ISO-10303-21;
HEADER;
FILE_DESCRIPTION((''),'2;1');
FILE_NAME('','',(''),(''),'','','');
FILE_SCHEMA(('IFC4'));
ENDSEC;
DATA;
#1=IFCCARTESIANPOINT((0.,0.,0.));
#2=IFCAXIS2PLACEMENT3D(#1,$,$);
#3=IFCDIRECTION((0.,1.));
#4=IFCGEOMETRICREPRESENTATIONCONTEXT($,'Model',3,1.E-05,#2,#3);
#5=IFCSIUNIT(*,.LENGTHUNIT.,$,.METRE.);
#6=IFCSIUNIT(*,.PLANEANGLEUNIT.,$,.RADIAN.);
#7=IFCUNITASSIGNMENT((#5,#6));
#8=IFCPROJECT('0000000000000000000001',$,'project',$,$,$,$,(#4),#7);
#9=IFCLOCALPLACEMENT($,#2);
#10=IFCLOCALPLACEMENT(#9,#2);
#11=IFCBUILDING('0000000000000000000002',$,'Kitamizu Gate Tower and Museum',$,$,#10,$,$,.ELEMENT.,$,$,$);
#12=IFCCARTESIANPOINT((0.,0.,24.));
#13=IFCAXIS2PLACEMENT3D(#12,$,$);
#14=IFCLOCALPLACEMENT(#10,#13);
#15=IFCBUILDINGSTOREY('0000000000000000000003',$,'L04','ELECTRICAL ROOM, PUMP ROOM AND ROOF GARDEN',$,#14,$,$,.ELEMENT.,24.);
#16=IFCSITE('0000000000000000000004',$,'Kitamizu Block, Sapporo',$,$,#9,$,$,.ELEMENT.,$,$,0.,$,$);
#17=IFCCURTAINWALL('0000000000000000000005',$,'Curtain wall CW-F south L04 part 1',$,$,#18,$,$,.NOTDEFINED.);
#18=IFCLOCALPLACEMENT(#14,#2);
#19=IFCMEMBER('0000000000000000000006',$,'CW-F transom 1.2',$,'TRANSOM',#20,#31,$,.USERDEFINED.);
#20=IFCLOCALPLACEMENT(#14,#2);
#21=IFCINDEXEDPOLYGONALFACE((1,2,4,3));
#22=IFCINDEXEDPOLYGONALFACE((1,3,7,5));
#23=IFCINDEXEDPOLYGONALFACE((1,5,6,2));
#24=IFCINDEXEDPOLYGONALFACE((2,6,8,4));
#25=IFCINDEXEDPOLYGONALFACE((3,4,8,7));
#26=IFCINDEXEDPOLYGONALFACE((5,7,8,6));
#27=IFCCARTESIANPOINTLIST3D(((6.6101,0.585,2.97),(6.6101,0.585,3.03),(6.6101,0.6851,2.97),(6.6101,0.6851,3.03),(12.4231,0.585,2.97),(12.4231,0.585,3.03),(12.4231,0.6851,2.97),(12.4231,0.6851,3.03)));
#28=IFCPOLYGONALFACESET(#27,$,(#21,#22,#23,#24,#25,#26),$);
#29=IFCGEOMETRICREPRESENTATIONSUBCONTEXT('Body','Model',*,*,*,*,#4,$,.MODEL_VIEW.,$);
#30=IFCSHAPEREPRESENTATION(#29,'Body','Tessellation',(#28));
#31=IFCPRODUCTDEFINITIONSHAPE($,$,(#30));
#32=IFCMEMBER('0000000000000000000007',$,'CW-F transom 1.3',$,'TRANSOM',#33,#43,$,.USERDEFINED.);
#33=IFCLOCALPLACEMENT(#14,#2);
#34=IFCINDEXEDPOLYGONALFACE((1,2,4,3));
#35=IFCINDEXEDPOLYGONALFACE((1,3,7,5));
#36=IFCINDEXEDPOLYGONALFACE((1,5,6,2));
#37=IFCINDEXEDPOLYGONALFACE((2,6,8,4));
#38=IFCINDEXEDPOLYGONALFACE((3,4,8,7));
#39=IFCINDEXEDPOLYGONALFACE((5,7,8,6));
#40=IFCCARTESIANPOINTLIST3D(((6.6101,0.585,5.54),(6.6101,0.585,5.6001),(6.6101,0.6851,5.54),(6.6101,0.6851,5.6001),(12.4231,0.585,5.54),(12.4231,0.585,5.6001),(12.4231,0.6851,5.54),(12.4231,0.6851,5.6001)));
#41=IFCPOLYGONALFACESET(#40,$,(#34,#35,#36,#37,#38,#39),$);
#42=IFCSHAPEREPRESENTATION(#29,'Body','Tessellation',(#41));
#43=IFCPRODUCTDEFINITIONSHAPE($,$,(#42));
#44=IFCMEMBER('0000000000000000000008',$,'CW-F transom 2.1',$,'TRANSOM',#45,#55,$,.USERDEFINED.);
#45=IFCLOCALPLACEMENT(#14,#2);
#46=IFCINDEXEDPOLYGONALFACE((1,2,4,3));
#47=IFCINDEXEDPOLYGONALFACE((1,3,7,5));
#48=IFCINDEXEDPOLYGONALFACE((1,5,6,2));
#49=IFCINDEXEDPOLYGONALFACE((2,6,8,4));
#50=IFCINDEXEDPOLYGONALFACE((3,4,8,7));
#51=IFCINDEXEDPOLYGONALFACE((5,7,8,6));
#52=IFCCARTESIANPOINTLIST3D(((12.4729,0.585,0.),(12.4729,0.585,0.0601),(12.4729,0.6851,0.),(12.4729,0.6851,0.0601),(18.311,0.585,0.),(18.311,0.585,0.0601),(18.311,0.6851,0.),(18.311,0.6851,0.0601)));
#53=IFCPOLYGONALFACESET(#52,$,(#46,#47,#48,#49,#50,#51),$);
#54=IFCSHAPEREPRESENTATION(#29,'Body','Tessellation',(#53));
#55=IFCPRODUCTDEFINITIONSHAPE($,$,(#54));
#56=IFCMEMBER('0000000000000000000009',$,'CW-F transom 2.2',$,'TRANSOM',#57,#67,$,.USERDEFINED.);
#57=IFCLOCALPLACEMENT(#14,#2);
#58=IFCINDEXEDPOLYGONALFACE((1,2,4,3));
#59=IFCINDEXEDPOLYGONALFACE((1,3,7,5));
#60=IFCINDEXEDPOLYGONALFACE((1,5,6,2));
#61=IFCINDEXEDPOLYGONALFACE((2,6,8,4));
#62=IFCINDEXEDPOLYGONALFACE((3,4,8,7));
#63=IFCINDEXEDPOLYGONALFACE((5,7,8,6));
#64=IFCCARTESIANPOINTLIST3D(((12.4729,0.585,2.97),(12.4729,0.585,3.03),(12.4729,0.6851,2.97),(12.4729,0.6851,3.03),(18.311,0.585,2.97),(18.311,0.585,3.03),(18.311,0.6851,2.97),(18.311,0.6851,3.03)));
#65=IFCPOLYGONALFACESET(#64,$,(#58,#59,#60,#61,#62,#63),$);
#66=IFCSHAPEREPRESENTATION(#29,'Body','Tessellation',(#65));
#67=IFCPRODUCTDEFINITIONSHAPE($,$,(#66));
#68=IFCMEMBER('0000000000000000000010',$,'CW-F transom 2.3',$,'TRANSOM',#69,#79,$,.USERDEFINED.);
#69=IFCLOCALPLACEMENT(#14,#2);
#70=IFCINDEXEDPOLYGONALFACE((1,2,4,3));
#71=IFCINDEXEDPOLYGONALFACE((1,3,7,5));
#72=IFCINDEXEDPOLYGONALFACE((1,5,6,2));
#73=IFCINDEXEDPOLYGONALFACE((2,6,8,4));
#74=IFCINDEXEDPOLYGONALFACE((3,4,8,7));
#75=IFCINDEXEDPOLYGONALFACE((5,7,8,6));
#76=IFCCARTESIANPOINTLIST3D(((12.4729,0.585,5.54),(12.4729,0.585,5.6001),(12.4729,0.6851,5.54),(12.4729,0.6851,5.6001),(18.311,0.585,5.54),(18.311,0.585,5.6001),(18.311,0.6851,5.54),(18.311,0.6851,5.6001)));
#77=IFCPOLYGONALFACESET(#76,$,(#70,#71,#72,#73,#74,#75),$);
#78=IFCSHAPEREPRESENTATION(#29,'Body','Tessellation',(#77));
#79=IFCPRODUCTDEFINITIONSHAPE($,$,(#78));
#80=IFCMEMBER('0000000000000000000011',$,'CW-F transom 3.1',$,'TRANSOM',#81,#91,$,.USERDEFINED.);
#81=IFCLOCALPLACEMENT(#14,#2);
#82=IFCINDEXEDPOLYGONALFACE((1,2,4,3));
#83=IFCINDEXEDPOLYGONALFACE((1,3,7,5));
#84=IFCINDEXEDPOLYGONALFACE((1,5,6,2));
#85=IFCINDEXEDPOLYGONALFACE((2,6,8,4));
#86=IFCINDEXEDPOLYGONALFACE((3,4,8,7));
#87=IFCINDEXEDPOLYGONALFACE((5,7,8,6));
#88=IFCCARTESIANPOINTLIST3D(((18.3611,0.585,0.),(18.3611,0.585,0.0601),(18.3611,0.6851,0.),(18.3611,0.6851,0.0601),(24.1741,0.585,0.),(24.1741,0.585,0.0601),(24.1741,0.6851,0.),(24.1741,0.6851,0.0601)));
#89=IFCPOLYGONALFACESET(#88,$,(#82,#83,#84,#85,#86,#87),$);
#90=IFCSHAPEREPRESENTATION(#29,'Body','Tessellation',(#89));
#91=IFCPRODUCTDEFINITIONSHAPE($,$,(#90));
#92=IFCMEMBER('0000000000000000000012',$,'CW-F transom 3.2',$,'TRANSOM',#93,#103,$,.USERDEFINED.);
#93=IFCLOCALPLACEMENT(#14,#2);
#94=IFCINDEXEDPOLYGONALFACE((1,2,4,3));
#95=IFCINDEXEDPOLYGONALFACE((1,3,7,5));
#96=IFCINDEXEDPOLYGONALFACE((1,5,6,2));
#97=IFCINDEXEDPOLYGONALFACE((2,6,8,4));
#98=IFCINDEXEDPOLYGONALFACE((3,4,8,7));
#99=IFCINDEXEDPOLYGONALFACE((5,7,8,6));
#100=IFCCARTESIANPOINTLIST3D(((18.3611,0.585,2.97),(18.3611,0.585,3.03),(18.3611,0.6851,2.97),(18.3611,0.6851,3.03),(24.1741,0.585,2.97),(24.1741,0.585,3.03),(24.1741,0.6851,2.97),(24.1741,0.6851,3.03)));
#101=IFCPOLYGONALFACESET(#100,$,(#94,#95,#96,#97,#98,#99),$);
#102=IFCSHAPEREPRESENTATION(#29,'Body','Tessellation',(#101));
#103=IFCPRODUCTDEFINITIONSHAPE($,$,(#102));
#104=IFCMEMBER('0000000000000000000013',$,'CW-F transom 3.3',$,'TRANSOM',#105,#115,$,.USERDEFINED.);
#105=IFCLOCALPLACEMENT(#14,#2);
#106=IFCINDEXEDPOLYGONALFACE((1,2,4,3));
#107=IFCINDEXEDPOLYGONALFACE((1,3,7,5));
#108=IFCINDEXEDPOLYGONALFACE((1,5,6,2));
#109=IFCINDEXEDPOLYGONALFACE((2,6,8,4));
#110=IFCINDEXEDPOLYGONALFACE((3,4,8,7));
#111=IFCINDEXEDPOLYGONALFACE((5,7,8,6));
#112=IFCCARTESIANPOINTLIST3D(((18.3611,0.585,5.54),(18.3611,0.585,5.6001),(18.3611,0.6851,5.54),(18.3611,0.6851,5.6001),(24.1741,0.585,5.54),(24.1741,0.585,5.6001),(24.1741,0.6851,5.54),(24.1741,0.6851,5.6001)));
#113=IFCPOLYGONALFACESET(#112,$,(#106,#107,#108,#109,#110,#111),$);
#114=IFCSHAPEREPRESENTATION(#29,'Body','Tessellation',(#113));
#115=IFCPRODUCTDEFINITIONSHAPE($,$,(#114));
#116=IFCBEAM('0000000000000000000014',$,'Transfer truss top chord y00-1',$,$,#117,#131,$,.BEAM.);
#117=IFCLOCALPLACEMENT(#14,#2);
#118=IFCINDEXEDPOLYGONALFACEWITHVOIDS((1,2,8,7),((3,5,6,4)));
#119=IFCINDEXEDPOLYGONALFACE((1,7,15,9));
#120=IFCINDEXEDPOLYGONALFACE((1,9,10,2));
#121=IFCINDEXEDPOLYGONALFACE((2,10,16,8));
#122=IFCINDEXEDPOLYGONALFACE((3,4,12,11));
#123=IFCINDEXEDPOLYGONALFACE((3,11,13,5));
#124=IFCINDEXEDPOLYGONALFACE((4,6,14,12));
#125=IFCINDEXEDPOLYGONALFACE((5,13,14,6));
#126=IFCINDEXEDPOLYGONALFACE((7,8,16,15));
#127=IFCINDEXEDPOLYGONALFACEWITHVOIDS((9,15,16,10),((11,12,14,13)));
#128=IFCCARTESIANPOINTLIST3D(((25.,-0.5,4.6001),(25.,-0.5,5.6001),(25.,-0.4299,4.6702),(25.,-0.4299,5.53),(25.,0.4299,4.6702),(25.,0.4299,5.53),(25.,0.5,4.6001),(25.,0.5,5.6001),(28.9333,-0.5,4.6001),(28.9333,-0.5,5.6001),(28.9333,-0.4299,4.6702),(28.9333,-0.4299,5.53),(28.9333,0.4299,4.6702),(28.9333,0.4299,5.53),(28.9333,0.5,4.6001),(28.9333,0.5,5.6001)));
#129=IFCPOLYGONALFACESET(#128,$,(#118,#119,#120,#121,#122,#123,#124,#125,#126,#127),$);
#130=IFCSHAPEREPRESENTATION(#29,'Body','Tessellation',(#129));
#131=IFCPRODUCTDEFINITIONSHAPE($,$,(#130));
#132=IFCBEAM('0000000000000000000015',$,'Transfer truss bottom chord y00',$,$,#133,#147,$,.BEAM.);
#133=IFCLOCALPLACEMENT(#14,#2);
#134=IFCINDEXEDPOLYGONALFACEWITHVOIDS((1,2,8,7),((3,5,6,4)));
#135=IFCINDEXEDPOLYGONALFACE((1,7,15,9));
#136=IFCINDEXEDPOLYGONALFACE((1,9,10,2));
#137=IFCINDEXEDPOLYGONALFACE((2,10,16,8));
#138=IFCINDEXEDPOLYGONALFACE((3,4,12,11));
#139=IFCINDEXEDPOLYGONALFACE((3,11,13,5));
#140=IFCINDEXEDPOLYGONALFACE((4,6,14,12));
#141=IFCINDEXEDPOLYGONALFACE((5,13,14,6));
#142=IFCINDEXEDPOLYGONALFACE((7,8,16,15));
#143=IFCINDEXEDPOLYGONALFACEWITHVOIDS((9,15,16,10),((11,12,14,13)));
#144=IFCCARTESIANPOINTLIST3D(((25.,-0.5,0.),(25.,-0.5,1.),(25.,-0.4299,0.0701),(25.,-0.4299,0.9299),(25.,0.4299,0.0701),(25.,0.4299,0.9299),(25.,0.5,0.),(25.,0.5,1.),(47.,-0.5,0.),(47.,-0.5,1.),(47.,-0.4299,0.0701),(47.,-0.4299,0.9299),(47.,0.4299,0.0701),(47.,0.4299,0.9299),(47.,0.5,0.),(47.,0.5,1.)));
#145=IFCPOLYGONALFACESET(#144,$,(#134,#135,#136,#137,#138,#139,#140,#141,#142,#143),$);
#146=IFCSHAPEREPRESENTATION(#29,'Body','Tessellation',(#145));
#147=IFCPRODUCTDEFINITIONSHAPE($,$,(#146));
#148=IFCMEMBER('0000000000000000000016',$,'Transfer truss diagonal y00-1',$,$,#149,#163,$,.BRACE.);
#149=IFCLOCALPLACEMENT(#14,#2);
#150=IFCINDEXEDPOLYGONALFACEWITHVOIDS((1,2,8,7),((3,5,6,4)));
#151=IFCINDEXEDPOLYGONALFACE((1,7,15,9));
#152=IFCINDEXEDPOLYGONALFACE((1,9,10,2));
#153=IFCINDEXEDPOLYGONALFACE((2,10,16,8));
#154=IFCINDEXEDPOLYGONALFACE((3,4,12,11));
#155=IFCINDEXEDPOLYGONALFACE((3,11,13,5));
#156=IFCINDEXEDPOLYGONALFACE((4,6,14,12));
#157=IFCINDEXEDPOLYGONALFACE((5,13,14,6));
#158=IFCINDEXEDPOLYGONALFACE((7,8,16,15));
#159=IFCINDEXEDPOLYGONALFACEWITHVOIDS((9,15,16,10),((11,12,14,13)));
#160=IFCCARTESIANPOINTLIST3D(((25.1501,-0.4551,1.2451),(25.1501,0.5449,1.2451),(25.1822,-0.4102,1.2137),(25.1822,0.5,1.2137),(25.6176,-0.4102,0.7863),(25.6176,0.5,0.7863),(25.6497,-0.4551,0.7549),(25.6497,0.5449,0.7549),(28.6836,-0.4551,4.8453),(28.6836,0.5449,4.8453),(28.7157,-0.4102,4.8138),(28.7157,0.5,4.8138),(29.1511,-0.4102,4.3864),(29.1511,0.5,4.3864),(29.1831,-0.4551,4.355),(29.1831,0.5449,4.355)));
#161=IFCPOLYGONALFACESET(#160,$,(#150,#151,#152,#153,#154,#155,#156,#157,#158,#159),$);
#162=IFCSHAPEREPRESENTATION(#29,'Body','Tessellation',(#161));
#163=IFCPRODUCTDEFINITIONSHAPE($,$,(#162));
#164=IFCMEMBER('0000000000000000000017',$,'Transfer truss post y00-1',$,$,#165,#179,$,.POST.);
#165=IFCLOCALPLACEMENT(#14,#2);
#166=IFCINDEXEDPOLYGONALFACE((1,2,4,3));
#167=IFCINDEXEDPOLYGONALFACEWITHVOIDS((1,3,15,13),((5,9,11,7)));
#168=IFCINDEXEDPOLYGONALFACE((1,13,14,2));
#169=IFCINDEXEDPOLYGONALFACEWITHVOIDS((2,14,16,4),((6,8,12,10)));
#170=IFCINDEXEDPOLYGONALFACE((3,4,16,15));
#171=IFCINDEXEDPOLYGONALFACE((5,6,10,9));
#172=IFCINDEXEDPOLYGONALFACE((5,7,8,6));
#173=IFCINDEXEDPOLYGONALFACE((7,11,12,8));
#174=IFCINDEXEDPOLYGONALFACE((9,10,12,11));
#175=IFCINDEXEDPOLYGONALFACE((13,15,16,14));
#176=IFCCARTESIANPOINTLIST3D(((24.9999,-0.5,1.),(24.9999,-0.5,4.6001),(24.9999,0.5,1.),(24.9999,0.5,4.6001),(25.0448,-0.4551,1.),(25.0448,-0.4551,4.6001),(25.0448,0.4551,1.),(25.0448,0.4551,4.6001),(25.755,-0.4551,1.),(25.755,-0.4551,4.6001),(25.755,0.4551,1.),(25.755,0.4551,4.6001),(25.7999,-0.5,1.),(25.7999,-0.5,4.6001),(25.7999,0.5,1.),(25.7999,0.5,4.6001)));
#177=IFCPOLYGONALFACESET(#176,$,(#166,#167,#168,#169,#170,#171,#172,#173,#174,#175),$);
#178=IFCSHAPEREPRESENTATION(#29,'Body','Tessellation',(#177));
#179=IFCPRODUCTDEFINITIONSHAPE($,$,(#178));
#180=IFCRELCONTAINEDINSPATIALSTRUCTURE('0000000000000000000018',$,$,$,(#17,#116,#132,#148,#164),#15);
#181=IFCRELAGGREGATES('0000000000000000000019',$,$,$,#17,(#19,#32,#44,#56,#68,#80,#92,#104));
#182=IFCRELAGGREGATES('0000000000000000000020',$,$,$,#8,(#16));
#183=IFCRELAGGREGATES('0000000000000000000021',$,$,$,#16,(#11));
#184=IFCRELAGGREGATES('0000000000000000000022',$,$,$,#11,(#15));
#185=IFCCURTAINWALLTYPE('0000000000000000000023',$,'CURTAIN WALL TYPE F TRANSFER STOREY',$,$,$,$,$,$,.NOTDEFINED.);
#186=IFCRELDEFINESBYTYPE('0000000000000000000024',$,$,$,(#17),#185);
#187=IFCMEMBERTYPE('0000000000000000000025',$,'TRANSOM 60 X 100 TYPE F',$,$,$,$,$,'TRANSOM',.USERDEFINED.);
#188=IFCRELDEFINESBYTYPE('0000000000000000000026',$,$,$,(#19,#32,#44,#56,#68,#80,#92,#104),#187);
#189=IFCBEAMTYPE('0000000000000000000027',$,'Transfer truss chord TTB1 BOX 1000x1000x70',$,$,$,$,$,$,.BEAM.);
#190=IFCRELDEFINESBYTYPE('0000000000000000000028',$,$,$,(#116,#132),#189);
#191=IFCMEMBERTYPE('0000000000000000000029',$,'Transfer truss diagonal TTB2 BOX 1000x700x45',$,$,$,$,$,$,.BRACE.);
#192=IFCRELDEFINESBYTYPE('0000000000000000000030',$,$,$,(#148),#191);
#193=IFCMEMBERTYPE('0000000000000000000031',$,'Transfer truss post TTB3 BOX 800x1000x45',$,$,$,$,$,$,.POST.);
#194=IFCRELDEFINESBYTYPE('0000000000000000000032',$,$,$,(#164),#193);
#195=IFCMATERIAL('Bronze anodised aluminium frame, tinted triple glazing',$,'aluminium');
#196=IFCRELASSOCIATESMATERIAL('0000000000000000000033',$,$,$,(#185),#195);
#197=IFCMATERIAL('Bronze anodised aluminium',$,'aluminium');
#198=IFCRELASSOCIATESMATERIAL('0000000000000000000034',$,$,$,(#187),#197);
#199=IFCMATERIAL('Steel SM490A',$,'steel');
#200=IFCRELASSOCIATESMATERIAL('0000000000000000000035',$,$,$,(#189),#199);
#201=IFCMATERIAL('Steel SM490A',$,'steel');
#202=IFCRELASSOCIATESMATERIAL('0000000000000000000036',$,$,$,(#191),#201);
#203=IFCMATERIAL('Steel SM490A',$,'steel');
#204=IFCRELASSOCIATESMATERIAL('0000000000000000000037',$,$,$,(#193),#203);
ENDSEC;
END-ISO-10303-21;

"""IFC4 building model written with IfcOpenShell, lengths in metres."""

from ifc_helpers import new_model, si_unit, direction, frame, origin, origin_2d, place, context, subcontext, project, spatial, rectangle, hollow_rectangle, extrude, material, material_profile, profile_set, type_object, element, aggregate, save


model = new_model("IFC4")

# Units and contexts
model_context = context("Model", 3, precision=1e-05, world=origin(), true_north=direction((0.0, 1.0)))
body_context = subcontext(model_context, "Body", "Model", "MODEL_VIEW")
ifc_project = project(units=[si_unit("LENGTHUNIT", "METRE"), si_unit("PLANEANGLEUNIT", "RADIAN")], contexts=[model_context])

# Site, building, storey
site_placement = place(None, origin())
site = spatial("IfcSite", under=ifc_project, at=site_placement, Name="Kitamizu Block, Sapporo", CompositionType="ELEMENT", RefElevation=0.0)
building_placement = place(site_placement, origin())
building = spatial("IfcBuilding", under=site, at=building_placement, Name="Kitamizu Gate Tower and Museum", CompositionType="ELEMENT")
storey_placement = place(building_placement, frame((0.0, 0.0, 24.0)))
storey = spatial("IfcBuildingStorey", under=building, at=storey_placement, Name="L04", Description="ELECTRICAL ROOM, PUMP ROOM AND ROOF GARDEN", CompositionType="ELEMENT", Elevation=24.0)

# Curtain wall
ifc_material_1 = material(Name="Bronze anodised aluminium frame, tinted triple glazing", Category="aluminium")
curtain_wall_type = type_object("IfcCurtainWallType", Name="CURTAIN WALL TYPE F TRANSFER STOREY", PredefinedType="NOTDEFINED", material=ifc_material_1)
curtain_wall_placement = place(storey_placement, origin())
curtain_wall = element("IfcCurtainWall", 1, at=curtain_wall_placement, inside=storey, type_object=curtain_wall_type, Name="Curtain wall CW-F south L04 part 1", PredefinedType="NOTDEFINED")

# Members
ifc_material_2 = material(Name="Bronze anodised aluminium", Category="aluminium")
ifc_material_profile_1 = material_profile(ifc_material_2, rectangle(XDim=0.1001, YDim=0.0601, at=origin_2d()), Name="AL 60X100")
ifc_profile_set_1 = profile_set([ifc_material_profile_1], Name="Bronze anodised aluminium")
member_type_1 = type_object("IfcMemberType", Name="TRANSOM 60 X 100 TYPE F", ElementType="TRANSOM", PredefinedType="USERDEFINED", material=ifc_profile_set_1)
member_1_placement = place(storey_placement, frame((6.6101, 0.635, 3.0), z_axis=(1.0, 0.0, 0.0), x_axis=(0.0, 1.0, 0.0)))
member_1 = element("IfcMember", 2, at=member_1_placement, type_object=member_type_1, Name="CW-F transom 1.2", ObjectType="TRANSOM", PredefinedType="USERDEFINED", context=body_context, shape_type="SweptSolid", body=[
    extrude(rectangle(XDim=0.1001, YDim=0.0601, at=origin_2d()), origin(), (0.0, 0.0, 1.0), 5.813),
])
member_2_placement = place(storey_placement, frame((6.6101, 0.635, 5.5701), z_axis=(1.0, 0.0, 0.0), x_axis=(0.0, 1.0, 0.0)))
member_2 = element("IfcMember", 3, at=member_2_placement, type_object=member_type_1, Name="CW-F transom 1.3", ObjectType="TRANSOM", PredefinedType="USERDEFINED", context=body_context, shape_type="SweptSolid", body=[
    extrude(rectangle(XDim=0.1001, YDim=0.0601, at=origin_2d()), origin(), (0.0, 0.0, 1.0), 5.813),
])
member_3_placement = place(storey_placement, frame((12.4729, 0.635, 0.03), z_axis=(1.0, 0.0, 0.0), x_axis=(0.0, 1.0, 0.0)))
member_3 = element("IfcMember", 4, at=member_3_placement, type_object=member_type_1, Name="CW-F transom 2.1", ObjectType="TRANSOM", PredefinedType="USERDEFINED", context=body_context, shape_type="SweptSolid", body=[
    extrude(rectangle(XDim=0.1001, YDim=0.0601, at=origin_2d()), origin(), (0.0, 0.0, 1.0), 5.8381),
])
member_4_placement = place(storey_placement, frame((12.4729, 0.635, 3.0), z_axis=(1.0, 0.0, 0.0), x_axis=(0.0, 1.0, 0.0)))
member_4 = element("IfcMember", 5, at=member_4_placement, type_object=member_type_1, Name="CW-F transom 2.2", ObjectType="TRANSOM", PredefinedType="USERDEFINED", context=body_context, shape_type="SweptSolid", body=[
    extrude(rectangle(XDim=0.1001, YDim=0.0601, at=origin_2d()), origin(), (0.0, 0.0, 1.0), 5.8381),
])
member_5_placement = place(storey_placement, frame((12.4729, 0.635, 5.5701), z_axis=(1.0, 0.0, 0.0), x_axis=(0.0, 1.0, 0.0)))
member_5 = element("IfcMember", 6, at=member_5_placement, type_object=member_type_1, Name="CW-F transom 2.3", ObjectType="TRANSOM", PredefinedType="USERDEFINED", context=body_context, shape_type="SweptSolid", body=[
    extrude(rectangle(XDim=0.1001, YDim=0.0601, at=origin_2d()), origin(), (0.0, 0.0, 1.0), 5.8381),
])
member_6_placement = place(storey_placement, frame((18.3611, 0.635, 0.03), z_axis=(1.0, 0.0, 0.0), x_axis=(0.0, 1.0, 0.0)))
member_6 = element("IfcMember", 7, at=member_6_placement, type_object=member_type_1, Name="CW-F transom 3.1", ObjectType="TRANSOM", PredefinedType="USERDEFINED", context=body_context, shape_type="SweptSolid", body=[
    extrude(rectangle(XDim=0.1001, YDim=0.0601, at=origin_2d()), origin(), (0.0, 0.0, 1.0), 5.813),
])
member_7_placement = place(storey_placement, frame((18.3611, 0.635, 3.0), z_axis=(1.0, 0.0, 0.0), x_axis=(0.0, 1.0, 0.0)))
member_7 = element("IfcMember", 8, at=member_7_placement, type_object=member_type_1, Name="CW-F transom 3.2", ObjectType="TRANSOM", PredefinedType="USERDEFINED", context=body_context, shape_type="SweptSolid", body=[
    extrude(rectangle(XDim=0.1001, YDim=0.0601, at=origin_2d()), origin(), (0.0, 0.0, 1.0), 5.813),
])
member_8_placement = place(storey_placement, frame((18.3611, 0.635, 5.5701), z_axis=(1.0, 0.0, 0.0), x_axis=(0.0, 1.0, 0.0)))
member_8 = element("IfcMember", 9, at=member_8_placement, type_object=member_type_1, Name="CW-F transom 3.3", ObjectType="TRANSOM", PredefinedType="USERDEFINED", context=body_context, shape_type="SweptSolid", body=[
    extrude(rectangle(XDim=0.1001, YDim=0.0601, at=origin_2d()), origin(), (0.0, 0.0, 1.0), 5.813),
])

# Beams
ifc_material_3 = material(Name="Steel SM490A", Category="steel")
ifc_material_profile_2 = material_profile(ifc_material_3, hollow_rectangle(XDim=1.0, YDim=1.0, WallThickness=0.0701, at=origin_2d()), Name="BOX 1000x1000x70")
ifc_profile_set_2 = profile_set([ifc_material_profile_2], Name="Steel SM490A")
beam_type_1 = type_object("IfcBeamType", Name="Transfer truss chord TTB1 BOX 1000x1000x70", PredefinedType="BEAM", material=ifc_profile_set_2)
beam_1_placement = place(storey_placement, frame((25.0, 0.0, 5.1001), z_axis=(1.0, 0.0, 0.0), x_axis=(0.0, 1.0, 0.0)))
element("IfcBeam", 10, at=beam_1_placement, inside=storey, type_object=beam_type_1, Name="Transfer truss top chord y00-1", PredefinedType="BEAM", context=body_context, shape_type="SweptSolid", body=[
    extrude(hollow_rectangle(XDim=1.0, YDim=1.0, WallThickness=0.0701, at=origin_2d()), origin(), (0.0, 0.0, 1.0), 3.9333),
])
beam_2_placement = place(storey_placement, frame((25.0, 0.0, 0.5), z_axis=(1.0, 0.0, 0.0), x_axis=(0.0, 1.0, 0.0)))
element("IfcBeam", 11, at=beam_2_placement, inside=storey, type_object=beam_type_1, Name="Transfer truss bottom chord y00", PredefinedType="BEAM", context=body_context, shape_type="SweptSolid", body=[
    extrude(hollow_rectangle(XDim=1.0, YDim=1.0, WallThickness=0.0701, at=origin_2d()), origin(), (0.0, 0.0, 1.0), 22.0),
])

# Members
ifc_material_4 = material(Name="Steel SM490A", Category="steel")
ifc_material_profile_3 = material_profile(ifc_material_4, hollow_rectangle(XDim=1.0, YDim=0.7, WallThickness=0.0449, at=origin_2d()), Name="BOX 1000x700x45")
ifc_profile_set_3 = profile_set([ifc_material_profile_3], Name="Steel SM490A")
member_type_2 = type_object("IfcMemberType", Name="Transfer truss diagonal TTB2 BOX 1000x700x45", PredefinedType="BRACE", material=ifc_profile_set_3)
member_9_placement = place(storey_placement, frame((25.3999, 0.0449, 1.0), z_axis=(0.70047, 0.0, 0.713682), x_axis=(0.0, 1.0, 0.0)))
element("IfcMember", 12, at=member_9_placement, inside=storey, type_object=member_type_2, Name="Transfer truss diagonal y00-1", PredefinedType="BRACE", context=body_context, shape_type="SweptSolid", body=[
    extrude(hollow_rectangle(XDim=1.0, YDim=0.7, WallThickness=0.0449, at=origin_2d()), origin(), (0.0, 0.0, 1.0), 5.0444),
])
ifc_material_5 = material(Name="Steel SM490A", Category="steel")
ifc_material_profile_4 = material_profile(ifc_material_5, hollow_rectangle(XDim=0.8, YDim=1.0, WallThickness=0.0449, at=origin_2d()), Name="BOX 800x1000x45")
ifc_profile_set_4 = profile_set([ifc_material_profile_4], Name="Steel SM490A")
member_type_3 = type_object("IfcMemberType", Name="Transfer truss post TTB3 BOX 800x1000x45", PredefinedType="POST", material=ifc_profile_set_4)
member_10_placement = place(storey_placement, frame((25.3999, 0.0, 1.0), z_axis=(0.0, 0.0, 1.0), x_axis=(1.0, 0.0, 0.0)))
element("IfcMember", 13, at=member_10_placement, inside=storey, type_object=member_type_3, Name="Transfer truss post y00-1", PredefinedType="POST", context=body_context, shape_type="SweptSolid", body=[
    extrude(hollow_rectangle(XDim=0.8, YDim=1.0, WallThickness=0.0449, at=origin_2d()), origin(), (0.0, 0.0, 1.0), 3.6001),
])

aggregate(curtain_wall, [member_1, member_2, member_3, member_4, member_5, member_6, member_7, member_8])

save(model, "model.ifc")
